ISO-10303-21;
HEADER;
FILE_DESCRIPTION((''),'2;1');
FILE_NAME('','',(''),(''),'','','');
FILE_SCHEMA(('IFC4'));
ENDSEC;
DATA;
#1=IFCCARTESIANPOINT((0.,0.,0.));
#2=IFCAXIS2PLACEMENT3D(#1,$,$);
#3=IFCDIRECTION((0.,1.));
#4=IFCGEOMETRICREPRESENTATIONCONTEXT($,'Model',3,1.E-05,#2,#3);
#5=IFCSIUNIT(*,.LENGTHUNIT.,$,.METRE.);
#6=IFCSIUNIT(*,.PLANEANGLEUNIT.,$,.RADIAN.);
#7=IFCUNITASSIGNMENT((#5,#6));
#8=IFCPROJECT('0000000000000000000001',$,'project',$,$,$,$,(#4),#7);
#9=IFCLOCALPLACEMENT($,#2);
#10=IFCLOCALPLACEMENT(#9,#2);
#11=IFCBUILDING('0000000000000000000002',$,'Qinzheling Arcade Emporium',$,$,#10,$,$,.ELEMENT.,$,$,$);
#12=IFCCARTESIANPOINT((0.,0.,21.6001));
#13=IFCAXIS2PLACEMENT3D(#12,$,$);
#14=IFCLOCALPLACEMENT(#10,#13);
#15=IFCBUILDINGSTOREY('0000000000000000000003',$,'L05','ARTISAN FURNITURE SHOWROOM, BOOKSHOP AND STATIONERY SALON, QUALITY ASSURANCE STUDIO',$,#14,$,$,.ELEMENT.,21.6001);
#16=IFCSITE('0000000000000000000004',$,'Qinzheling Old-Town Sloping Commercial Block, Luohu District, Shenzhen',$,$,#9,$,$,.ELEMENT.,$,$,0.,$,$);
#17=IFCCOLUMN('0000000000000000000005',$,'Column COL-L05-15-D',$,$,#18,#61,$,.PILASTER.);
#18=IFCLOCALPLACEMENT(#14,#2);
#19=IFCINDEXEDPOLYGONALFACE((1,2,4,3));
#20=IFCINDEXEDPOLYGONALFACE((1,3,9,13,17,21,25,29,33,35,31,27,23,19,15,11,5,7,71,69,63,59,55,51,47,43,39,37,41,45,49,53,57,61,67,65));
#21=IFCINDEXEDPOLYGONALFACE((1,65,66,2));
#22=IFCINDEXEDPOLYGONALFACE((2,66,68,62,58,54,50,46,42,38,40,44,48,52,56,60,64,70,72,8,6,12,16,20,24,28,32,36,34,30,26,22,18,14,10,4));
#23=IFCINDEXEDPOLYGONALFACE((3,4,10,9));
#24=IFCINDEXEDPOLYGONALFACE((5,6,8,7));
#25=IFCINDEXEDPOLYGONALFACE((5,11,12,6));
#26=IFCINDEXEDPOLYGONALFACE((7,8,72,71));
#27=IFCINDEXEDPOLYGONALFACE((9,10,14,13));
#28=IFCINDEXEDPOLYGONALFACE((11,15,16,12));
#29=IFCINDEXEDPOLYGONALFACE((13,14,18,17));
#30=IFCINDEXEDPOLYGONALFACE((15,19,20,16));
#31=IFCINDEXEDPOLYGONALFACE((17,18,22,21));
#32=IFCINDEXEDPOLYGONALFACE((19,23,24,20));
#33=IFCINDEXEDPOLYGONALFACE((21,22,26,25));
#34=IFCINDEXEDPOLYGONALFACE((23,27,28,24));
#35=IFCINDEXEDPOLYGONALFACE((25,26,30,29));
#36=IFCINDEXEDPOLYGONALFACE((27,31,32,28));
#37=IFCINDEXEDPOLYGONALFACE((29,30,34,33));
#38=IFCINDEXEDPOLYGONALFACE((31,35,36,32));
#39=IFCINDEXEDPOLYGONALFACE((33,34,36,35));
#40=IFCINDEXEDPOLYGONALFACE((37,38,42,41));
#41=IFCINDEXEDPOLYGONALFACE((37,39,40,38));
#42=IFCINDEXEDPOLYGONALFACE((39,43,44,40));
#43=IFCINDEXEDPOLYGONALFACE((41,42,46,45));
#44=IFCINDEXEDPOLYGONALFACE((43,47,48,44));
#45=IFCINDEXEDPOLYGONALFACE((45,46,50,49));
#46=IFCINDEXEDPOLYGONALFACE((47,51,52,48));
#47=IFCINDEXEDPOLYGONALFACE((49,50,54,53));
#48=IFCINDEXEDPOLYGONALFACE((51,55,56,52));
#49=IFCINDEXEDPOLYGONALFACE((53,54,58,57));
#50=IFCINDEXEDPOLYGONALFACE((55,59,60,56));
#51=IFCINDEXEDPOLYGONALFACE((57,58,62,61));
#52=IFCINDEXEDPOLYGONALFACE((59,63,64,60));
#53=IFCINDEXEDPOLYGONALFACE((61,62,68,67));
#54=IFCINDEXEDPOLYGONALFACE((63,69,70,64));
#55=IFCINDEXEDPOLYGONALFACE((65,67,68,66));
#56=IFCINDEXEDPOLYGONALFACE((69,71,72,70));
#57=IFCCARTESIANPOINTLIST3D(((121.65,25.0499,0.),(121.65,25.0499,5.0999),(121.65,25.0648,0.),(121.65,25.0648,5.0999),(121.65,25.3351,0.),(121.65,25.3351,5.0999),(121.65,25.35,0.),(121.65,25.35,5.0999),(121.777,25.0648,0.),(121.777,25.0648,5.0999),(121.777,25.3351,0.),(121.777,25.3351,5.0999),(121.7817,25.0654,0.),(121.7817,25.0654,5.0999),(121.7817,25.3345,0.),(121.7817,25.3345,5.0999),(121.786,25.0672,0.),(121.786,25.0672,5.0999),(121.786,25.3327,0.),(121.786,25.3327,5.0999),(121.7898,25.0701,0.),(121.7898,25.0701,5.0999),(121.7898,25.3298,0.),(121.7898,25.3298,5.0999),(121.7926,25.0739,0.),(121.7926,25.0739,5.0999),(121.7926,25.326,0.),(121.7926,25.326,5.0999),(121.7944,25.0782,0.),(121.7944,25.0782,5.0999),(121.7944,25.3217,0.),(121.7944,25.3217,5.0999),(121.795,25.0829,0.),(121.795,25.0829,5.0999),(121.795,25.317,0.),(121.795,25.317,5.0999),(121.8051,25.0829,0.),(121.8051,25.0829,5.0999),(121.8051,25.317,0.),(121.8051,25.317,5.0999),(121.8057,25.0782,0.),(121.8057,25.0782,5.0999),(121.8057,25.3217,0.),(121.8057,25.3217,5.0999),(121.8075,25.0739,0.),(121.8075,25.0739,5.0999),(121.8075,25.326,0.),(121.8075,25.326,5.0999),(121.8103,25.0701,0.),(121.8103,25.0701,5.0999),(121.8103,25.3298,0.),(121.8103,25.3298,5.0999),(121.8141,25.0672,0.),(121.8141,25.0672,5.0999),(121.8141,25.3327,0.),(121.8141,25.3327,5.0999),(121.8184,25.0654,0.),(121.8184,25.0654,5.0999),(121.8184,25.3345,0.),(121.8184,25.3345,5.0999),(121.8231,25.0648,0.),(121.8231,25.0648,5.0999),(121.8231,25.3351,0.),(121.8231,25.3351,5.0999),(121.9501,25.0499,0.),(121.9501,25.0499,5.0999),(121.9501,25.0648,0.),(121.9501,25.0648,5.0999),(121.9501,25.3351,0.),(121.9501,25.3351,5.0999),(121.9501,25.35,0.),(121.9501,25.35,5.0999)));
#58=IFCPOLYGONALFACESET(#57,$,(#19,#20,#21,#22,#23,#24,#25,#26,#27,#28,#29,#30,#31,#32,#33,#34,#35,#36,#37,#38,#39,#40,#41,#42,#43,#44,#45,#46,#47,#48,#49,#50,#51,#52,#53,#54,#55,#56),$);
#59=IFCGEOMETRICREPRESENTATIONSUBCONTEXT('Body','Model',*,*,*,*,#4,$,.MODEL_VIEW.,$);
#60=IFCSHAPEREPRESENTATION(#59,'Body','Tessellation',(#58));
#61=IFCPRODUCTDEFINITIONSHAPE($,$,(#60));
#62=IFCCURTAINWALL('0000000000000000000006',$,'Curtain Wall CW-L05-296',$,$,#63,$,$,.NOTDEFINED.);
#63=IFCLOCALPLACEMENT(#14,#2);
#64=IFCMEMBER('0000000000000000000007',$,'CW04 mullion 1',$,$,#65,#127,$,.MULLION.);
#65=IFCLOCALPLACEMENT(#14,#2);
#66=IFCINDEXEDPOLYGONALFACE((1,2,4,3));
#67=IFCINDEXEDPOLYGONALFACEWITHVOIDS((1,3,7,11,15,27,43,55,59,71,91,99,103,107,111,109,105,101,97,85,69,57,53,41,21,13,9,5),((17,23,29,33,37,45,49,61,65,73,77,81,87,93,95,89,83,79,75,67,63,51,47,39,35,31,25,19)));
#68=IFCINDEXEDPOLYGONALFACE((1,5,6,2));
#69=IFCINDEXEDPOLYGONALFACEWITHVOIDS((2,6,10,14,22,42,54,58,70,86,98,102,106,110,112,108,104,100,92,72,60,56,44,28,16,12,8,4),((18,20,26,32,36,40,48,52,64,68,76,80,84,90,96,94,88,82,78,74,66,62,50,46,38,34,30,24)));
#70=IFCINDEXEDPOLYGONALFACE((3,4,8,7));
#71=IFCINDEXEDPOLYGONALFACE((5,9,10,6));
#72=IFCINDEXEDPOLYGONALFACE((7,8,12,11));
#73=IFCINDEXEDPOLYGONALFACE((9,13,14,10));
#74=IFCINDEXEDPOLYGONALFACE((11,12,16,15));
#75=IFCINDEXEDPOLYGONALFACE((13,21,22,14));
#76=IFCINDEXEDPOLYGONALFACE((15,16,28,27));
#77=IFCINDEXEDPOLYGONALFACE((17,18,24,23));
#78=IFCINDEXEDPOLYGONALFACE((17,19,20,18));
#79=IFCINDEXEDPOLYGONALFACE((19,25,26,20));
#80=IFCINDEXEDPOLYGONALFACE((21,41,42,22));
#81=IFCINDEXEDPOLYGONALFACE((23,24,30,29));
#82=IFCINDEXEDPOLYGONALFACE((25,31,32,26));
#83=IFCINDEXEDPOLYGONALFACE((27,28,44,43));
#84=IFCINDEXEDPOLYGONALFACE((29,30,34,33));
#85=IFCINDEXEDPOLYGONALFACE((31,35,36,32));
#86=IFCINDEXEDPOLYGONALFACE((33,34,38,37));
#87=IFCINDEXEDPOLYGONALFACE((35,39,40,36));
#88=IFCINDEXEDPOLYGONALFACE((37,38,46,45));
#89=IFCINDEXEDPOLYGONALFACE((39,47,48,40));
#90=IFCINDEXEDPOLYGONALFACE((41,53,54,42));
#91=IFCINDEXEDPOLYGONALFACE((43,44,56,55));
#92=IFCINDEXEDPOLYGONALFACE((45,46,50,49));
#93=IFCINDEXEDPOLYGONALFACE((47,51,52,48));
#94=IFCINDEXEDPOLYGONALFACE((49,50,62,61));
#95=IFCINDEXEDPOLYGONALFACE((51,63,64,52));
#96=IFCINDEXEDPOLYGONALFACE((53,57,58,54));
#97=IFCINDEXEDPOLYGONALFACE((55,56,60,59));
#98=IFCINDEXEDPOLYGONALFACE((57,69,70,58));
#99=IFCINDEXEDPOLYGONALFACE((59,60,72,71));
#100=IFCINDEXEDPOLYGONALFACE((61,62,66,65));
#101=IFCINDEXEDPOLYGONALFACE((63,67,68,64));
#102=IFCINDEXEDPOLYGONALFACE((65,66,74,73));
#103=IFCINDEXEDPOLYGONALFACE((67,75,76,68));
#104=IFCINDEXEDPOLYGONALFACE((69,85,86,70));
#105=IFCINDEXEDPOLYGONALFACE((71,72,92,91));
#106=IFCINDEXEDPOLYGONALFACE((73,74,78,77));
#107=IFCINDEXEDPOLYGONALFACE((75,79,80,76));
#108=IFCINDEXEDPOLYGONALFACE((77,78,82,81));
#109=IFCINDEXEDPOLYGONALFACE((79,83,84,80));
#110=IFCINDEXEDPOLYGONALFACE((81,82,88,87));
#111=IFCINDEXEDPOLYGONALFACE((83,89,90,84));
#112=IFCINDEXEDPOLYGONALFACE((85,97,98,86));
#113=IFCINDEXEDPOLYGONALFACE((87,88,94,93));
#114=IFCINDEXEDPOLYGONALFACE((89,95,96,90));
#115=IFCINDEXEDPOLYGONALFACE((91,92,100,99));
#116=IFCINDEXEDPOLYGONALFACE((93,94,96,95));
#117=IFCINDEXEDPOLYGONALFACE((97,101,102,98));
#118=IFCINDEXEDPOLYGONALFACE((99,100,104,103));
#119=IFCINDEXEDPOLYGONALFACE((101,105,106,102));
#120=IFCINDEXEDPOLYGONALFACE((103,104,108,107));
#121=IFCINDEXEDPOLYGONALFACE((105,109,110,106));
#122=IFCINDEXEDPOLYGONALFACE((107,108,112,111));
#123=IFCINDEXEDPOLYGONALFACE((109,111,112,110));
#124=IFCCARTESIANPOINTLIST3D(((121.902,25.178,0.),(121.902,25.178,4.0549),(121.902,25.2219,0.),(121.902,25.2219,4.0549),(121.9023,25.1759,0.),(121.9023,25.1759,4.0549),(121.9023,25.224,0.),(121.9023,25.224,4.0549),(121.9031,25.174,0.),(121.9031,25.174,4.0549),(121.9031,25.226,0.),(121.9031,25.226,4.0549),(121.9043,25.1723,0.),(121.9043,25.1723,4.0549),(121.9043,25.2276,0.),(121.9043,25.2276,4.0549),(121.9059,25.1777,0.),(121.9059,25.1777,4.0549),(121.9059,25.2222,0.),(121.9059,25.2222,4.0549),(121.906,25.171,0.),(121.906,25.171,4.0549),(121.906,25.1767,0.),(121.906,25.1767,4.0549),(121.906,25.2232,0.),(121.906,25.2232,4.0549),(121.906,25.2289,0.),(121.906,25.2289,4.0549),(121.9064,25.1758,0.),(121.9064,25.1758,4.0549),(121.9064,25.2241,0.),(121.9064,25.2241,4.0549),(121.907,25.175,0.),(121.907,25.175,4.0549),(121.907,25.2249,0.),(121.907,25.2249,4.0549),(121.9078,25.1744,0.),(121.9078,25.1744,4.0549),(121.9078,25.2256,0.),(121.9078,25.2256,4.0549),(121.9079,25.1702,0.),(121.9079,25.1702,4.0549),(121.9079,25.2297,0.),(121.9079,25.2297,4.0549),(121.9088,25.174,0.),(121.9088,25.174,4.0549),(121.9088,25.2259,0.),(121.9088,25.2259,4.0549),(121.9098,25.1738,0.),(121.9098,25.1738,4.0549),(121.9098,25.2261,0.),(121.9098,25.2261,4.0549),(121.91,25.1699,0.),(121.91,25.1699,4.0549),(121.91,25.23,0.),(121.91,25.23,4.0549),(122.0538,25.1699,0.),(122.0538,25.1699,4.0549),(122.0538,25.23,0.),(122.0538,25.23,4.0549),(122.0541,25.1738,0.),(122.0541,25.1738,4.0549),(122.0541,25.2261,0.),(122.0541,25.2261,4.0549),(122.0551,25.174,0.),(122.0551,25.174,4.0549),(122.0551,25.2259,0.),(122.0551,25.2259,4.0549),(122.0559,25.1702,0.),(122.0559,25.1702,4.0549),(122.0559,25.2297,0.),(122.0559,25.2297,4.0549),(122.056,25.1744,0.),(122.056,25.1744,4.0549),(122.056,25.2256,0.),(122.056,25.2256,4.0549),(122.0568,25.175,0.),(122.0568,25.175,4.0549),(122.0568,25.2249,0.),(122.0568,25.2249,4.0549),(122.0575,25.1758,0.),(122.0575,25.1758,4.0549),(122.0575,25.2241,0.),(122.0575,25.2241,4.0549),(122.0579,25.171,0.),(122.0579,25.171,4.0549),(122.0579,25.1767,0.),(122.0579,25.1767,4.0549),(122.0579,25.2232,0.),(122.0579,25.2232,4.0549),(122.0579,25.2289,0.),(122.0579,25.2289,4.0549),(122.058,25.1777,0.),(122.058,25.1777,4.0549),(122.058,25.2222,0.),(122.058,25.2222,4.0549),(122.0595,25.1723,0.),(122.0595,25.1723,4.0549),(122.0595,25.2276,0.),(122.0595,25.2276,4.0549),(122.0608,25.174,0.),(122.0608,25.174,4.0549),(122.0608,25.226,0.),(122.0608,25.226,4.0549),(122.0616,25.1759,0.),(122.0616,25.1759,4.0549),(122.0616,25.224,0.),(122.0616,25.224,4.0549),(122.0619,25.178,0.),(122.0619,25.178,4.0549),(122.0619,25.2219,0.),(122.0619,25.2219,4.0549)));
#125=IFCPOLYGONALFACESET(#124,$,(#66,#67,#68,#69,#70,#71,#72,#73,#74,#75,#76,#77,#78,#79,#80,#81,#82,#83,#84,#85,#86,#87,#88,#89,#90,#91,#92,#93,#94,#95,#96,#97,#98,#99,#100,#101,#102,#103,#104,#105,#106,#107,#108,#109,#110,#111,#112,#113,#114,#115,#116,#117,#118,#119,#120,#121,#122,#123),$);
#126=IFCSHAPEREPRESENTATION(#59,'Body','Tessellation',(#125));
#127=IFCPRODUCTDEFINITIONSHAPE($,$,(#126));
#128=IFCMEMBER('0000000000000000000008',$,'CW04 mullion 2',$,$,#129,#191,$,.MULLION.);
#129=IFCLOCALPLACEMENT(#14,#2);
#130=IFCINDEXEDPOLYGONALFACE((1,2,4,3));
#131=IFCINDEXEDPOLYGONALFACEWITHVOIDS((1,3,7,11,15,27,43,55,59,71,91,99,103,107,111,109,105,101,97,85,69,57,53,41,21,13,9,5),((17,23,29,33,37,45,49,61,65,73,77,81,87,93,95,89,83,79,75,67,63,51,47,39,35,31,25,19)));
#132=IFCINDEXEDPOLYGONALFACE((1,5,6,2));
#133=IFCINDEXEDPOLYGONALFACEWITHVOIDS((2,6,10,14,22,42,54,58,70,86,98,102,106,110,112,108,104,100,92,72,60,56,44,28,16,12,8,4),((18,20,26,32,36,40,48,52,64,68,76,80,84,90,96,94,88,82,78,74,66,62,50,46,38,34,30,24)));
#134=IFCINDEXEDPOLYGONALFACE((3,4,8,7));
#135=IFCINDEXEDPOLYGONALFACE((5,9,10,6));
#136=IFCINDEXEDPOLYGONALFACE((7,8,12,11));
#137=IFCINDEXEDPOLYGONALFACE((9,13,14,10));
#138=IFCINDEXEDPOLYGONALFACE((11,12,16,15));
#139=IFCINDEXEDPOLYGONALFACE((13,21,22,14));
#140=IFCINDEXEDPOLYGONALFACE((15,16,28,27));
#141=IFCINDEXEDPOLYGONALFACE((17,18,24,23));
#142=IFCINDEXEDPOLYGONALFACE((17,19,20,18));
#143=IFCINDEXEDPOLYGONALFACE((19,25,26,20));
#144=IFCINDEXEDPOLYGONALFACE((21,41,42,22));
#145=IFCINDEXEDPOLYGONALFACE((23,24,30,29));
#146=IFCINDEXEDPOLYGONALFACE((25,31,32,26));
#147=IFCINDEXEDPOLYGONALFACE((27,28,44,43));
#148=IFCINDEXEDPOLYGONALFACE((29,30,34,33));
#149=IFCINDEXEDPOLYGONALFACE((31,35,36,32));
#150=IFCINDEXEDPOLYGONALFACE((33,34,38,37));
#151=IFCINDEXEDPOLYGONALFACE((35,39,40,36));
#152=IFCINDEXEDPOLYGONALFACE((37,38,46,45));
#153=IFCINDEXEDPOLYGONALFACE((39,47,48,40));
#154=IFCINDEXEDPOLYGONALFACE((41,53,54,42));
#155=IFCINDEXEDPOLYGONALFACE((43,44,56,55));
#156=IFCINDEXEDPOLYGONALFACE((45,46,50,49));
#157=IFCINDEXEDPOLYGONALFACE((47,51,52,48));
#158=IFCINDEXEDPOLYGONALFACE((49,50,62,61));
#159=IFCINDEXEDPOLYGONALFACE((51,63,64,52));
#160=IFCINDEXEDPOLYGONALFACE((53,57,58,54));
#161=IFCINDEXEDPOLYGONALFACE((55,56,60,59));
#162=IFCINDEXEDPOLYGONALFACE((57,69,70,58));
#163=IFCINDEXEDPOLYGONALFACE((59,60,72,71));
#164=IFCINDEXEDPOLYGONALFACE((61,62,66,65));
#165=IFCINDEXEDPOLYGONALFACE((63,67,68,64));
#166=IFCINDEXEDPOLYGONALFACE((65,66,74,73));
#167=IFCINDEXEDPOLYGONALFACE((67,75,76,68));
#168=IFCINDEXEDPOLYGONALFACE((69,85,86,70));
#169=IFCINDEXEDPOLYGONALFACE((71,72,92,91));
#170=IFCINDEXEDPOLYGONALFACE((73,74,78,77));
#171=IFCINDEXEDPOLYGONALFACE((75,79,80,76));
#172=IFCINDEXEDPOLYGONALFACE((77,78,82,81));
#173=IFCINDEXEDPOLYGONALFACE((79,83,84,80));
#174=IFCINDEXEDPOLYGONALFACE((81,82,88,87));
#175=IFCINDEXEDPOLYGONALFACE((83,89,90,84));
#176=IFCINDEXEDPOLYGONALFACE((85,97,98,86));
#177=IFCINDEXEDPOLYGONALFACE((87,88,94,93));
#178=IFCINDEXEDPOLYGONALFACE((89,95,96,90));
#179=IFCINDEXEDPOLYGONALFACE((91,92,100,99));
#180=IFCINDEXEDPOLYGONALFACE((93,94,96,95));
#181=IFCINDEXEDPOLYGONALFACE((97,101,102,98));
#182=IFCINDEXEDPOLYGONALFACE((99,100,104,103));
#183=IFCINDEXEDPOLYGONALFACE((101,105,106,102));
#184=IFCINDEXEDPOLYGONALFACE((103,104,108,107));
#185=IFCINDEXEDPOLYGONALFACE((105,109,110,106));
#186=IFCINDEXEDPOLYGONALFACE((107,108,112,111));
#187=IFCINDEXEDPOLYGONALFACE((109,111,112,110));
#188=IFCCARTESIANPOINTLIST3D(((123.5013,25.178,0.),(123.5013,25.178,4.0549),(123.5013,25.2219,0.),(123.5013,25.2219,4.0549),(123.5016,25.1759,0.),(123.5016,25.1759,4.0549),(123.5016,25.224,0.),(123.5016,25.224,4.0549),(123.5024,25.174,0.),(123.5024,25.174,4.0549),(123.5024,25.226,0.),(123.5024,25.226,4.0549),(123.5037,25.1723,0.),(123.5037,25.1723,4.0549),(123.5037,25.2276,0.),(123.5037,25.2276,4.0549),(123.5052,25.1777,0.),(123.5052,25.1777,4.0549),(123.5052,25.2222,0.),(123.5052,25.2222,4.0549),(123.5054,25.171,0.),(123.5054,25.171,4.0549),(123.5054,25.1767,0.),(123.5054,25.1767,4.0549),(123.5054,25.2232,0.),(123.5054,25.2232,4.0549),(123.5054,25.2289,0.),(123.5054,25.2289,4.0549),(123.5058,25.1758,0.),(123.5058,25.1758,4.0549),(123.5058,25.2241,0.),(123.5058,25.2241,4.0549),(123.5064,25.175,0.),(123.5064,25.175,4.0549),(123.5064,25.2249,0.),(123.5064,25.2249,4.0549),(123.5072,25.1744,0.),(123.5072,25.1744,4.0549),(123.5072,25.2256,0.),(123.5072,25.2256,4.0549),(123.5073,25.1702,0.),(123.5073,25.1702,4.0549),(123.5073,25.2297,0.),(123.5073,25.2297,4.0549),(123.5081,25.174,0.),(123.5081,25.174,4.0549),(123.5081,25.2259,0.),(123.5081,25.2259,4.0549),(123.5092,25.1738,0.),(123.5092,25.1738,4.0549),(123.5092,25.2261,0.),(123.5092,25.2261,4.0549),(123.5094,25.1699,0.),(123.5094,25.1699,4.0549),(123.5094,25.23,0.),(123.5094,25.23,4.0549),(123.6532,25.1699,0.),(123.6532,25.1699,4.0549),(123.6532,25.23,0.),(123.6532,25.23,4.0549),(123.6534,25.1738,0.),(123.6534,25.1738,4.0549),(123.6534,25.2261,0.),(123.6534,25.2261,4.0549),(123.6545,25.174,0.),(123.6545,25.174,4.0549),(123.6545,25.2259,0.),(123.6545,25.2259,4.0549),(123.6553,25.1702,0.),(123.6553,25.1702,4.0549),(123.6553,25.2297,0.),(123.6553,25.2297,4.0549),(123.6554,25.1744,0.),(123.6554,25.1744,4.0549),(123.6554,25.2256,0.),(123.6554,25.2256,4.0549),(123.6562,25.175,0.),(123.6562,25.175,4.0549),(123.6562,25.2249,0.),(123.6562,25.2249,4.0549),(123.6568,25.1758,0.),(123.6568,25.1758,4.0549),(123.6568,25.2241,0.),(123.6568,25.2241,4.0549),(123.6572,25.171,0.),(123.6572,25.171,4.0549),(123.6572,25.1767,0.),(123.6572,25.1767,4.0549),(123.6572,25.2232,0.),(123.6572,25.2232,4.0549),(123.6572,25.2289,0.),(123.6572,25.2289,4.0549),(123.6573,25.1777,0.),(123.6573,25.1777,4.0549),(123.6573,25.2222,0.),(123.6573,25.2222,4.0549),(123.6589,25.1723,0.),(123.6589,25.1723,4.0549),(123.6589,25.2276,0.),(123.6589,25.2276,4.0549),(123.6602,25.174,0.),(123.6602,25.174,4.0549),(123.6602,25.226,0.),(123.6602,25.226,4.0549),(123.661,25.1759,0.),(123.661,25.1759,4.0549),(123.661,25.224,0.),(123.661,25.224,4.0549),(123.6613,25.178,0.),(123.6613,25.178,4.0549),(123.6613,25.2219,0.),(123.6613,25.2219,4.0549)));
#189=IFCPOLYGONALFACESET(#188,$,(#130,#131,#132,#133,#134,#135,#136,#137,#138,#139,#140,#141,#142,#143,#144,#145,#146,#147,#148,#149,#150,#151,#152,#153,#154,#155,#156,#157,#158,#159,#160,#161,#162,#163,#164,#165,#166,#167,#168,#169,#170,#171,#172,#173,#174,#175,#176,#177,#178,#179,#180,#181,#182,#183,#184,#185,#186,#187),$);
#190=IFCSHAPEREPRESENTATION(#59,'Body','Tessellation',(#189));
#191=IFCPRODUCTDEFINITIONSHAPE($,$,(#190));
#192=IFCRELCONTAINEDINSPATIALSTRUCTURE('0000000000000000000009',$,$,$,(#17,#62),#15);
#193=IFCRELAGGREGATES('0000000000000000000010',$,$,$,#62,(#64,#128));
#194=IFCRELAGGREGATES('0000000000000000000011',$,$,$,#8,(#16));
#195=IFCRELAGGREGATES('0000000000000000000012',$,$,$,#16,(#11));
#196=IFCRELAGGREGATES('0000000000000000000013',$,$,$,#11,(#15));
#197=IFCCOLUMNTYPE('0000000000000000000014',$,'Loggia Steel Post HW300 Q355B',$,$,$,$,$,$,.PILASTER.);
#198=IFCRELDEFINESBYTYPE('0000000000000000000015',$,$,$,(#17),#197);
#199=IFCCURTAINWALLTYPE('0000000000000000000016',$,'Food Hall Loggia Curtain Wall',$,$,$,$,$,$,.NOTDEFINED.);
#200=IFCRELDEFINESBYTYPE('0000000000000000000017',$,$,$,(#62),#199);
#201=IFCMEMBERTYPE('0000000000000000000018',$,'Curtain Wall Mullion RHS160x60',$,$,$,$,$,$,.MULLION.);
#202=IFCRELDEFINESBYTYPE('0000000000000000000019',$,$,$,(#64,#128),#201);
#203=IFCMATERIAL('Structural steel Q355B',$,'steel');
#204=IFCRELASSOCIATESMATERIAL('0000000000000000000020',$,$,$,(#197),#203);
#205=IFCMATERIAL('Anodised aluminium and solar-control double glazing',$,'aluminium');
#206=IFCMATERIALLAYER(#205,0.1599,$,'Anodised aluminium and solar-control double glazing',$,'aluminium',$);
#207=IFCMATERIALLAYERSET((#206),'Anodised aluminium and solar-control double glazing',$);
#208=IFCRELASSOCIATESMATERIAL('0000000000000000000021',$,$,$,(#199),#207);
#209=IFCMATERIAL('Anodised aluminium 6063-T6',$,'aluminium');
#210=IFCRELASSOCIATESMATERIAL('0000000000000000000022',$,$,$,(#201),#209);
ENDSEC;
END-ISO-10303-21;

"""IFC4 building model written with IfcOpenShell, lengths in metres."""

from ifc_helpers import new_model, si_unit, direction, frame, origin, origin_2d, place, context, subcontext, project, spatial, hollow_rectangle, i_section, extrude, material, layer, layer_set, material_profile, profile_set, type_object, element, aggregate, save


model = new_model("IFC4")

# Units and contexts
model_context = context("Model", 3, precision=1e-05, world=origin(), true_north=direction((0.0, 1.0)))
body_context = subcontext(model_context, "Body", "Model", "MODEL_VIEW")
ifc_project = project(units=[si_unit("LENGTHUNIT", "METRE"), si_unit("PLANEANGLEUNIT", "RADIAN")], contexts=[model_context])

# Site, building, storey
site_placement = place(None, origin())
site = spatial("IfcSite", under=ifc_project, at=site_placement, Name="Qinzheling Old-Town Sloping Commercial Block, Luohu District, Shenzhen", CompositionType="ELEMENT", RefElevation=0.0)
building_placement = place(site_placement, origin())
building = spatial("IfcBuilding", under=site, at=building_placement, Name="Qinzheling Arcade Emporium", CompositionType="ELEMENT")
storey_placement = place(building_placement, frame((0.0, 0.0, 21.6001)))
storey = spatial("IfcBuildingStorey", under=building, at=storey_placement, Name="L05", Description="ARTISAN FURNITURE SHOWROOM, BOOKSHOP AND STATIONERY SALON, QUALITY ASSURANCE STUDIO", CompositionType="ELEMENT", Elevation=21.6001)

# Column
ifc_material_1 = material(Name="Structural steel Q355B", Category="steel")
ifc_material_profile_1 = material_profile(ifc_material_1, i_section(OverallWidth=0.3, OverallDepth=0.3, WebThickness=0.01, FlangeThickness=0.0149, FilletRadius=0.0181, at=origin_2d()), Name="HW 300x300x10x15", Category="steel")
ifc_profile_set_1 = profile_set([ifc_material_profile_1], Name="Structural steel Q355B")
column_type = type_object("IfcColumnType", Name="Loggia Steel Post HW300 Q355B", PredefinedType="PILASTER", material=ifc_profile_set_1)
column_placement = place(storey_placement, frame((121.8, 25.2, 0.0), z_axis=(0.0, 0.0, 1.0), x_axis=(1.0, 0.0, 0.0)))
element("IfcColumn", 1, at=column_placement, inside=storey, type_object=column_type, Name="Column COL-L05-15-D", PredefinedType="PILASTER", context=body_context, shape_type="SweptSolid", body=[
    extrude(i_section(OverallWidth=0.3, OverallDepth=0.3, WebThickness=0.01, FlangeThickness=0.0149, FilletRadius=0.0181, at=origin_2d()), origin(), (0.0, 0.0, 1.0), 5.0999),
])

# Curtain wall, members
ifc_material_2 = material(Name="Anodised aluminium and solar-control double glazing", Category="aluminium")
ifc_layer_1 = layer(ifc_material_2, 0.1599, Name="Anodised aluminium and solar-control double glazing", Category="aluminium")
ifc_layer_set_1 = layer_set([ifc_layer_1], Name="Anodised aluminium and solar-control double glazing")
curtain_wall_type = type_object("IfcCurtainWallType", Name="Food Hall Loggia Curtain Wall", PredefinedType="NOTDEFINED", material=ifc_layer_set_1)
curtain_wall_placement = place(storey_placement, origin())
curtain_wall = element("IfcCurtainWall", 2, at=curtain_wall_placement, inside=storey, type_object=curtain_wall_type, Name="Curtain Wall CW-L05-296", PredefinedType="NOTDEFINED")
ifc_material_3 = material(Name="Anodised aluminium 6063-T6", Category="aluminium")
ifc_material_profile_2 = material_profile(ifc_material_3, hollow_rectangle(XDim=0.0601, YDim=0.1599, WallThickness=0.0039, InnerFilletRadius=0.0039, OuterFilletRadius=0.0081, at=origin_2d()), Name="RHS 160x60x4", Category="aluminium")
ifc_profile_set_2 = profile_set([ifc_material_profile_2], Name="Anodised aluminium 6063-T6")
member_type_1 = type_object("IfcMemberType", Name="Curtain Wall Mullion RHS160x60", PredefinedType="MULLION", material=ifc_profile_set_2)
member_1_placement = place(storey_placement, frame((121.9819, 25.2, 0.0), z_axis=(0.0, 0.0, 1.0), x_axis=(0.0, 1.0, 0.0)))
member_1 = element("IfcMember", 3, at=member_1_placement, type_object=member_type_1, Name="CW04 mullion 1", PredefinedType="MULLION", context=body_context, shape_type="SweptSolid", body=[
    extrude(hollow_rectangle(XDim=0.0601, YDim=0.1599, WallThickness=0.0039, InnerFilletRadius=0.0039, OuterFilletRadius=0.0081, at=origin_2d()), origin(), (0.0, 0.0, 1.0), 4.0549),
])
member_2_placement = place(storey_placement, frame((123.5813, 25.2, 0.0), z_axis=(0.0, 0.0, 1.0), x_axis=(0.0, 1.0, 0.0)))
member_2 = element("IfcMember", 4, at=member_2_placement, type_object=member_type_1, Name="CW04 mullion 2", PredefinedType="MULLION", context=body_context, shape_type="SweptSolid", body=[
    extrude(hollow_rectangle(XDim=0.0601, YDim=0.1599, WallThickness=0.0039, InnerFilletRadius=0.0039, OuterFilletRadius=0.0081, at=origin_2d()), origin(), (0.0, 0.0, 1.0), 4.0549),
])

aggregate(curtain_wall, [member_1, member_2])

save(model, "model.ifc")
